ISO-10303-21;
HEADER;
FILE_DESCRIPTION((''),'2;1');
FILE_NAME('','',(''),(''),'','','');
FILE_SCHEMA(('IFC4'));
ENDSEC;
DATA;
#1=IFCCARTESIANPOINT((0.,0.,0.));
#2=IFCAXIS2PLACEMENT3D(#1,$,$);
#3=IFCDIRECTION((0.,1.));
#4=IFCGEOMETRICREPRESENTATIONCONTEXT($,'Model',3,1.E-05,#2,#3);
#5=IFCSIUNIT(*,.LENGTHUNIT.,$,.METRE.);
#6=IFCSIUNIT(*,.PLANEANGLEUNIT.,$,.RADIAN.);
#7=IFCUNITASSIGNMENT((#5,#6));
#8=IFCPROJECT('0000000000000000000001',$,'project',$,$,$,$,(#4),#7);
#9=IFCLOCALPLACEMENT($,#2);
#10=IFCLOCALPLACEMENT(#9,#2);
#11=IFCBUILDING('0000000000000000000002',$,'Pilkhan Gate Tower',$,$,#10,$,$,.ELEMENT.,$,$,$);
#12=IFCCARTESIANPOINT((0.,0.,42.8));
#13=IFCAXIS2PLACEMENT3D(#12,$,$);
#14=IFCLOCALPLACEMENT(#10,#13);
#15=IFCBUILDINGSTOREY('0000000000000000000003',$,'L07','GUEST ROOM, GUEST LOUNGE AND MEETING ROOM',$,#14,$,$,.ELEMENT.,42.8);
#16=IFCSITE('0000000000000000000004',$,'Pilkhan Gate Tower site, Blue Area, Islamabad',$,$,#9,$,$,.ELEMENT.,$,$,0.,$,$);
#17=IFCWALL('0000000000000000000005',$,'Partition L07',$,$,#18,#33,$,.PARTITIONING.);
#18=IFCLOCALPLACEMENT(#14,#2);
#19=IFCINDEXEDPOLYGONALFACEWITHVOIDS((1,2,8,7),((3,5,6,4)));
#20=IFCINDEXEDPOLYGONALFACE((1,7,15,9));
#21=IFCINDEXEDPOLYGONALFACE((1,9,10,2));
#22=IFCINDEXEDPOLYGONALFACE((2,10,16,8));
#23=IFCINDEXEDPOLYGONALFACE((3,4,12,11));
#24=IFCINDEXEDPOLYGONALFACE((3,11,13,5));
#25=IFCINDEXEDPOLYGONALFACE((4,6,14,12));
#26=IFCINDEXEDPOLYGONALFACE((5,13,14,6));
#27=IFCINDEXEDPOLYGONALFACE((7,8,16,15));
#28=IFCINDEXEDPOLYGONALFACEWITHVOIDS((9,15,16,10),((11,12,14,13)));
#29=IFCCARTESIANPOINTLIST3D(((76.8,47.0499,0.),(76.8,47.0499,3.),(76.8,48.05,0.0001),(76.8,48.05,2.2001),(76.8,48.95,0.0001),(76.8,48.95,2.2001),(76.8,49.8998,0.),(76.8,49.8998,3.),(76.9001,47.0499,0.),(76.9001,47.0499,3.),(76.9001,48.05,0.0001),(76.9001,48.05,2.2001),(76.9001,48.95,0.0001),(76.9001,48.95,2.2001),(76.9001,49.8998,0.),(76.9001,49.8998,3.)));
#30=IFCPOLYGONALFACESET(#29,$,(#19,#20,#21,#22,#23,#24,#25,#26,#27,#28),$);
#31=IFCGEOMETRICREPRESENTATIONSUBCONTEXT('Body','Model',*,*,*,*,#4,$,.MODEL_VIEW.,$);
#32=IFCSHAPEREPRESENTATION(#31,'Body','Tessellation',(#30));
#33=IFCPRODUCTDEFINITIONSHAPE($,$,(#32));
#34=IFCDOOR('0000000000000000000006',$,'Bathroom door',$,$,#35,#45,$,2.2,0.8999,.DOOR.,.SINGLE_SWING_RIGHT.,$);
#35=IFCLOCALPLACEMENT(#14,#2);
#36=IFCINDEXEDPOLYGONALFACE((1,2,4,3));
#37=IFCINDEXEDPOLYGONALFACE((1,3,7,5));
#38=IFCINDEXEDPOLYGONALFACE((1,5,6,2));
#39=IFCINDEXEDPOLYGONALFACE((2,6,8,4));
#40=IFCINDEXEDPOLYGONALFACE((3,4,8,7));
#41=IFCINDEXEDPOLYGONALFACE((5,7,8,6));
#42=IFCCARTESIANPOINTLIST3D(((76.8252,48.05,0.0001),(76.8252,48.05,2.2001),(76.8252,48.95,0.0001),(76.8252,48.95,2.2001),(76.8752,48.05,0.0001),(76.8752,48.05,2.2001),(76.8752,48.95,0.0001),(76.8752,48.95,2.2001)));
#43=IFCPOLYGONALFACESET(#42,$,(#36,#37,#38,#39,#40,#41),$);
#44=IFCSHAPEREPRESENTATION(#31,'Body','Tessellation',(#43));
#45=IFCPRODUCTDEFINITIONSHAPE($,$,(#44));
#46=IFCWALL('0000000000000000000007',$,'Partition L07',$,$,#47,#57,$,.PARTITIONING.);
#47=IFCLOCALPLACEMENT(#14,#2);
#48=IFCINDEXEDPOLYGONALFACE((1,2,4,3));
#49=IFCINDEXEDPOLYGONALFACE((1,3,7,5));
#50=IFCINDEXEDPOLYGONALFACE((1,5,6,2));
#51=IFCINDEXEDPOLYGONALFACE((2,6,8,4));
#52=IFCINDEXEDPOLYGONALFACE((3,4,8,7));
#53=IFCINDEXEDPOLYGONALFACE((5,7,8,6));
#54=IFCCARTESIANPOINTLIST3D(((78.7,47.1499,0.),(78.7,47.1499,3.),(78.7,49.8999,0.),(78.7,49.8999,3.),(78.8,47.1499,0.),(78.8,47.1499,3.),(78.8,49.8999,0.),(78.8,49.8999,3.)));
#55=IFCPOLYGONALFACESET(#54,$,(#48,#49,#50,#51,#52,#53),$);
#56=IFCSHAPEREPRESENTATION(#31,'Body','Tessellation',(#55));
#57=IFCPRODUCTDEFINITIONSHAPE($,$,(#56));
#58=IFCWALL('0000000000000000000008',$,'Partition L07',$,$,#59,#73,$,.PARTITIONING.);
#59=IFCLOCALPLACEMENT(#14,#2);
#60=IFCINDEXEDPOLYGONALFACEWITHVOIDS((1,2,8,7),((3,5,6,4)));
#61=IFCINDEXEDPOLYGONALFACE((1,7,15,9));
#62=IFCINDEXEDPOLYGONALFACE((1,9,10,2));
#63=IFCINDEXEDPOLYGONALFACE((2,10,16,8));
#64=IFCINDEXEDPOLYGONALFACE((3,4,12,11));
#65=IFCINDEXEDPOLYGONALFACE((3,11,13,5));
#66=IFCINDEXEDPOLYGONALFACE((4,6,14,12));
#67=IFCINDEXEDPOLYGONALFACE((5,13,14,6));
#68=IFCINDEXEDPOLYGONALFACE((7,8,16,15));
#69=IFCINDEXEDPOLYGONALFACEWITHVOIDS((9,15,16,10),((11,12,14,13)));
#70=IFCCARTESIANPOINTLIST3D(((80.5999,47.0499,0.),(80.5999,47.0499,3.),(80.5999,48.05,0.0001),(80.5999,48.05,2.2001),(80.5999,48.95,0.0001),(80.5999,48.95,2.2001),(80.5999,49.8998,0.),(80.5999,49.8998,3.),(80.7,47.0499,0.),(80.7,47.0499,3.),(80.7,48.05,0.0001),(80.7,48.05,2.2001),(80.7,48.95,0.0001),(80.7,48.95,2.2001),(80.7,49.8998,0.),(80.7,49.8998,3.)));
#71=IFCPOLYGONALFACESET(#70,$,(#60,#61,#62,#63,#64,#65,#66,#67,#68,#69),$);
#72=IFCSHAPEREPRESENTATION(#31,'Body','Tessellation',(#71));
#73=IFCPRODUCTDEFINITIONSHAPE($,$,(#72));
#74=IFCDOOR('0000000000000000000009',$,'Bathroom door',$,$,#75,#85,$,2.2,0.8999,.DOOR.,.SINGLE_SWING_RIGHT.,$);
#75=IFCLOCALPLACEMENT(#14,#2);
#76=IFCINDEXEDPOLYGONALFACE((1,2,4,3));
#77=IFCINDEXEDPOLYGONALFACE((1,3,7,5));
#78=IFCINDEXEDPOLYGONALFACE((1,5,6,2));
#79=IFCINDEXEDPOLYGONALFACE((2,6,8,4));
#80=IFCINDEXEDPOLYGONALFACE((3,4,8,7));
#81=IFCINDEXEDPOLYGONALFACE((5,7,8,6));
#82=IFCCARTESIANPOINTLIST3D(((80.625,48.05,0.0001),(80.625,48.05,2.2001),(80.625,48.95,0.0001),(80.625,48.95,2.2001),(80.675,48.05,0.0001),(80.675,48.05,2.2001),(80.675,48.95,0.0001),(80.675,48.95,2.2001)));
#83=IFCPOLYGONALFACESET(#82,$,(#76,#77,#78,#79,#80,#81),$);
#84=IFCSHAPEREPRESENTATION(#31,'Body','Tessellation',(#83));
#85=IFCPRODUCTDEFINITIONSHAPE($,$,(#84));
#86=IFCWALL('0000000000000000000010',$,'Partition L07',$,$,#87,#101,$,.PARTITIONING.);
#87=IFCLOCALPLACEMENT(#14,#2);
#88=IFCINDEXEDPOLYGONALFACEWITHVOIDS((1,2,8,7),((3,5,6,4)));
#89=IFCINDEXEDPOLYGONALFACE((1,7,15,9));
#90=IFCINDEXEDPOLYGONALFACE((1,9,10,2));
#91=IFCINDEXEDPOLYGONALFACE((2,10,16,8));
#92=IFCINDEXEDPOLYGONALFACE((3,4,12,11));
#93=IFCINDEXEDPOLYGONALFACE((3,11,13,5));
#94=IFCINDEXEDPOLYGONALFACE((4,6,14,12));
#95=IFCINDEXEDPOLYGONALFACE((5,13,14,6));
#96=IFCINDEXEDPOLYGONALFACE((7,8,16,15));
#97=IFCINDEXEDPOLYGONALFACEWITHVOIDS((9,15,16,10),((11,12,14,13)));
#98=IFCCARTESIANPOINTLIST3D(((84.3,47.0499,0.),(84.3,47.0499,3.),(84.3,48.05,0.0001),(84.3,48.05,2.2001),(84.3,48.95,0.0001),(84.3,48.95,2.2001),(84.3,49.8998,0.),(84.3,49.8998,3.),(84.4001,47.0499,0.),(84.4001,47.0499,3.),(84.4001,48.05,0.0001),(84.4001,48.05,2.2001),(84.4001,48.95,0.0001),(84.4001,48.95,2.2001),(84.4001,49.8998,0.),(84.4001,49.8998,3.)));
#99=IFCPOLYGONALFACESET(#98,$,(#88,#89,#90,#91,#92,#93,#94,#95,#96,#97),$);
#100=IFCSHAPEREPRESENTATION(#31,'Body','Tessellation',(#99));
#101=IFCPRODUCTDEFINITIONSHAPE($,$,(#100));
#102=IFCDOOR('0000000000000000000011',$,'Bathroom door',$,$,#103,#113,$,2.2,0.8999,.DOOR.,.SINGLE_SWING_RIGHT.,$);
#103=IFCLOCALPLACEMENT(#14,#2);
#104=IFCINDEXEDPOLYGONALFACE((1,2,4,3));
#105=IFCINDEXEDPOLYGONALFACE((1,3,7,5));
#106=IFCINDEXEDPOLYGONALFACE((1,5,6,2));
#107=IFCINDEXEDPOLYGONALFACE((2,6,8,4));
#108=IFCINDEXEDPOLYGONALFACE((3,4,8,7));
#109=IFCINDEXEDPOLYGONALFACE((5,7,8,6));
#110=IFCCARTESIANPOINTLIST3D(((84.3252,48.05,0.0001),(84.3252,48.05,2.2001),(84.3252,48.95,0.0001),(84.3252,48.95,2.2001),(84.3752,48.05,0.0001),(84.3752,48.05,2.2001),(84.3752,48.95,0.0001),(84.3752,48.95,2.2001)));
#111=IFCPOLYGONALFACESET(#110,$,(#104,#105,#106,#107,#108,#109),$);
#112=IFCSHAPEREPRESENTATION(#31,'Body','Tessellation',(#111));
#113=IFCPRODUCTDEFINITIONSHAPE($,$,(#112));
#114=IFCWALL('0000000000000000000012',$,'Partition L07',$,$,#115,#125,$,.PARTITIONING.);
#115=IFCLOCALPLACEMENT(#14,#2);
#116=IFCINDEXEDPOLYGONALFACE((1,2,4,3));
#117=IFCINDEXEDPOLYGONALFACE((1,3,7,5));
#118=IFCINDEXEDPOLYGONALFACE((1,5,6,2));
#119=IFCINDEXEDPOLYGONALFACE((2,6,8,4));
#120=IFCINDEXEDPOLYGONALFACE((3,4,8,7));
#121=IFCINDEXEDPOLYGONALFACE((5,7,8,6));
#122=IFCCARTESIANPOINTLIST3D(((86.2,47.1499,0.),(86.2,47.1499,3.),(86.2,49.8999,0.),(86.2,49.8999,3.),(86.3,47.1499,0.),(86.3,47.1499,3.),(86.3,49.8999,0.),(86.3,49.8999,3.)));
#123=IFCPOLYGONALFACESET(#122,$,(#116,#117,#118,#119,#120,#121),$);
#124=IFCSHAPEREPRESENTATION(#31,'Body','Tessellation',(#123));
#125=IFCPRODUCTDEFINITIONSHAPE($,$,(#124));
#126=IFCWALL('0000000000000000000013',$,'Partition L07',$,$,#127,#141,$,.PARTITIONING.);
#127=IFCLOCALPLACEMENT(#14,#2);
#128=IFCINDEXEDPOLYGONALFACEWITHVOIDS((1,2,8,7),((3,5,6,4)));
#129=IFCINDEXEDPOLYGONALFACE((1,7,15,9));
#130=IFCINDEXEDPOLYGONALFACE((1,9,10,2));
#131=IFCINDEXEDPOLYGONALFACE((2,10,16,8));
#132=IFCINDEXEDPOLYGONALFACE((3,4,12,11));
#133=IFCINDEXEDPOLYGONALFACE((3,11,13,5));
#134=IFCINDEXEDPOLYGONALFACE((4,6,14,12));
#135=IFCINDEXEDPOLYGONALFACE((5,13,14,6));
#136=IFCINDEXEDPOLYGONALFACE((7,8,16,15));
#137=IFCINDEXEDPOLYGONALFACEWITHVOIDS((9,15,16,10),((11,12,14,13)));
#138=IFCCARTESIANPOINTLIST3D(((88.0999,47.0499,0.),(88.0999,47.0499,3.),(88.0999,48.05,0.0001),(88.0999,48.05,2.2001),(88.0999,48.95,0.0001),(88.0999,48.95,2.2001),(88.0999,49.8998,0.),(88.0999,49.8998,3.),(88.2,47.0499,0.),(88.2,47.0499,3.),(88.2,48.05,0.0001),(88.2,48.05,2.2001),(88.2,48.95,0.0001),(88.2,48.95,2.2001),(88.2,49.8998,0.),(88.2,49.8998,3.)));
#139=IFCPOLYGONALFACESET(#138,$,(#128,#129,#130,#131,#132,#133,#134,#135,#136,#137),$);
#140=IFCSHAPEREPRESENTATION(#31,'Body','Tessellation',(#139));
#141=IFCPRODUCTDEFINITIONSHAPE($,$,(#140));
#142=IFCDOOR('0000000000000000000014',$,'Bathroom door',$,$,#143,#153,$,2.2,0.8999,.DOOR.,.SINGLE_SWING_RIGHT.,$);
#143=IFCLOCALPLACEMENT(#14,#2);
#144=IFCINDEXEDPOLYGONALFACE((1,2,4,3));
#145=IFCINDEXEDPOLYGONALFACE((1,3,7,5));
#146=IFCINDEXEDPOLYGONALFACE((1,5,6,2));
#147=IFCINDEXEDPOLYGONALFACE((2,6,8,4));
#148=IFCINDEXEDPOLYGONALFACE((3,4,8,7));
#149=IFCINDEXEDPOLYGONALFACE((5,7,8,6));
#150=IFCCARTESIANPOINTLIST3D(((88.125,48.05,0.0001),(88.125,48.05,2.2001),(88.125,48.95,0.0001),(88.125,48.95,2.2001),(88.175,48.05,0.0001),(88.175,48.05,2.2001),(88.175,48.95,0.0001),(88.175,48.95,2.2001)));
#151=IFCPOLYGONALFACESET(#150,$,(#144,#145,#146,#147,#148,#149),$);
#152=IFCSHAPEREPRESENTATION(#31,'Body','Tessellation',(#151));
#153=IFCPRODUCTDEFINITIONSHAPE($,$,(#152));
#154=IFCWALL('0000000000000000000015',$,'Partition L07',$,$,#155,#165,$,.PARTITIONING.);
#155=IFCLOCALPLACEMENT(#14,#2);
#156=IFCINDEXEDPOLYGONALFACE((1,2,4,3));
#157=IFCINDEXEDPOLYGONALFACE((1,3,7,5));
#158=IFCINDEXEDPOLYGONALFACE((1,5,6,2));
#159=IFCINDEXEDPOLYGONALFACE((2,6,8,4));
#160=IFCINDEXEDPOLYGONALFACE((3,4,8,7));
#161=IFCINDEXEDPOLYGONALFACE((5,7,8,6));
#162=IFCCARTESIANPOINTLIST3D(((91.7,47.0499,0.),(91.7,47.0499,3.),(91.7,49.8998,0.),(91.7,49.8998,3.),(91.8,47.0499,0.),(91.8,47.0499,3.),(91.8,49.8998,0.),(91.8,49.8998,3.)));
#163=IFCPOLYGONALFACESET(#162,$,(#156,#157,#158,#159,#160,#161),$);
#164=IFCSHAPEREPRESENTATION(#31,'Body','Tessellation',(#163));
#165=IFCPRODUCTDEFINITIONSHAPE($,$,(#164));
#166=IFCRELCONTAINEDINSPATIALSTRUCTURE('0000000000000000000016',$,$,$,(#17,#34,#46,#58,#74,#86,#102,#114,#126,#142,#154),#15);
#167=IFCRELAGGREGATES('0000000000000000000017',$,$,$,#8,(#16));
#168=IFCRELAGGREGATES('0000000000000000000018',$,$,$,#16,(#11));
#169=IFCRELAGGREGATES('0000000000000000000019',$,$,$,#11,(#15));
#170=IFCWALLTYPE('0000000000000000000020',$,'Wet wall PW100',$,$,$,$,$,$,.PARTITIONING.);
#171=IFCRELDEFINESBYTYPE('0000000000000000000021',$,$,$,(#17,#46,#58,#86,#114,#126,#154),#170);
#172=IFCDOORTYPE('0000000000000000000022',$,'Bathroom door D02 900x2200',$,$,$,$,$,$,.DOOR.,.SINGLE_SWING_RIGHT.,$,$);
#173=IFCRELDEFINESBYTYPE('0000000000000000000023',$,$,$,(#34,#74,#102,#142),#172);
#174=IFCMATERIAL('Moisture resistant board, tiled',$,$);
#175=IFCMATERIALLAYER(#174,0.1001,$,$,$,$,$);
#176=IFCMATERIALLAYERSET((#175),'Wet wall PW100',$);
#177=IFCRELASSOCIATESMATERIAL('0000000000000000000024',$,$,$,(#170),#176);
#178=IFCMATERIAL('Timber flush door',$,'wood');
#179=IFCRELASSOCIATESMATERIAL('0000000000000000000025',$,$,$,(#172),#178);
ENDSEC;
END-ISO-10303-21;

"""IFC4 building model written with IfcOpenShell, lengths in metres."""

from ifc_helpers import new_model, si_unit, direction, frame, frame_2d, origin, place, context, subcontext, project, spatial, rectangle, extrude, material, layer, layer_set, type_object, element, fill, save


model = new_model("IFC4")

# Units and contexts
model_context = context("Model", 3, precision=1e-05, world=origin(), true_north=direction((0.0, 1.0)))
body_context = subcontext(model_context, "Body", "Model", "MODEL_VIEW")
ifc_project = project(units=[si_unit("LENGTHUNIT", "METRE"), si_unit("PLANEANGLEUNIT", "RADIAN")], contexts=[model_context])

# Site, building, storey
site_placement = place(None, origin())
site = spatial("IfcSite", under=ifc_project, at=site_placement, Name="Pilkhan Gate Tower site, Blue Area, Islamabad", CompositionType="ELEMENT", RefElevation=0.0)
building_placement = place(site_placement, origin())
building = spatial("IfcBuilding", under=site, at=building_placement, Name="Pilkhan Gate Tower", CompositionType="ELEMENT")
storey_placement = place(building_placement, frame((0.0, 0.0, 42.8)))
storey = spatial("IfcBuildingStorey", under=building, at=storey_placement, Name="L07", Description="GUEST ROOM, GUEST LOUNGE AND MEETING ROOM", CompositionType="ELEMENT", Elevation=42.8)

# Shared definitions
ifc_material_1 = material(Name="Moisture resistant board, tiled")
ifc_layer_1 = layer(ifc_material_1, 0.1001)
ifc_layer_set_1 = layer_set([ifc_layer_1], Name="Wet wall PW100")
wall_type_1 = type_object("IfcWallType", Name="Wet wall PW100", PredefinedType="PARTITIONING", material=ifc_layer_set_1)

# Wall, opening, door
ifc_material_2 = material(Name="Timber flush door", Category="wood")
door_type = type_object("IfcDoorType", Name="Bathroom door D02 900x2200", OperationType="SINGLE_SWING_RIGHT", PredefinedType="DOOR", material=ifc_material_2)
wall_1_placement = place(storey_placement, frame((76.8501, 47.05, 0.0), z_axis=(0.0, 0.0, 1.0), x_axis=(0.0, 1.0, 0.0)))
wall_1 = element("IfcWall", 1, at=wall_1_placement, inside=storey, type_object=wall_type_1, Name="Partition L07", PredefinedType="PARTITIONING", context=body_context, shape_type="SweptSolid", body=[
    extrude(rectangle(XDim=2.8499, YDim=0.1001, at=frame_2d((1.4248, 0.0))), origin(), (0.0, 0.0, 1.0), 3.0),
])
opening_1_placement = place(wall_1_placement, frame((1.0, 0.0, 0.0)))
opening_1 = element("IfcOpeningElement", 2, at=opening_1_placement, cuts=wall_1, PredefinedType="OPENING", context=body_context, shape_type="SweptSolid", body=[
    extrude(rectangle(XDim=0.8999, YDim=2.2, at=frame_2d((0.45, 1.1001))), frame((0.0, 0.0601, 0.0), z_axis=(0.0, -1.0, 0.0), x_axis=(1.0, 0.0, 0.0)), (0.0, 0.0, 1.0), 0.1201),
])
door_1_placement = place(opening_1_placement, origin())
door_1 = element("IfcDoor", 3, at=door_1_placement, inside=storey, type_object=door_type, Name="Bathroom door", OperationType="SINGLE_SWING_RIGHT", OverallHeight=2.2, OverallWidth=0.8999, PredefinedType="DOOR", context=body_context, shape_type="SweptSolid", body=[
    extrude(rectangle(XDim=0.8999, YDim=2.2, at=frame_2d((0.45, 1.1001))), frame((0.0, 0.0249, 0.0), z_axis=(0.0, -1.0, 0.0), x_axis=(1.0, 0.0, 0.0)), (0.0, 0.0, 1.0), 0.05),
])
fill(opening_1, door_1)

# Wall
wall_2_placement = place(storey_placement, frame((78.75, 47.1499, 0.0), z_axis=(0.0, 0.0, 1.0), x_axis=(0.0, 1.0, 0.0)))
element("IfcWall", 4, at=wall_2_placement, inside=storey, type_object=wall_type_1, Name="Partition L07", PredefinedType="PARTITIONING", context=body_context, shape_type="SweptSolid", body=[
    extrude(rectangle(XDim=2.75, YDim=0.1001, at=frame_2d((1.375, 0.0))), origin(), (0.0, 0.0, 1.0), 3.0),
])

# Walls, openings, doors
wall_3_placement = place(storey_placement, frame((80.6499, 47.05, 0.0), z_axis=(0.0, 0.0, 1.0), x_axis=(0.0, 1.0, 0.0)))
wall_3 = element("IfcWall", 5, at=wall_3_placement, inside=storey, type_object=wall_type_1, Name="Partition L07", PredefinedType="PARTITIONING", context=body_context, shape_type="SweptSolid", body=[
    extrude(rectangle(XDim=2.8499, YDim=0.1001, at=frame_2d((1.4248, 0.0))), origin(), (0.0, 0.0, 1.0), 3.0),
])
opening_2_placement = place(wall_3_placement, frame((1.0, 0.0, 0.0)))
opening_2 = element("IfcOpeningElement", 6, at=opening_2_placement, cuts=wall_3, PredefinedType="OPENING", context=body_context, shape_type="SweptSolid", body=[
    extrude(rectangle(XDim=0.8999, YDim=2.2, at=frame_2d((0.45, 1.1001))), frame((0.0, 0.0601, 0.0), z_axis=(0.0, -1.0, 0.0), x_axis=(1.0, 0.0, 0.0)), (0.0, 0.0, 1.0), 0.1201),
])
door_2_placement = place(opening_2_placement, origin())
door_2 = element("IfcDoor", 7, at=door_2_placement, inside=storey, type_object=door_type, Name="Bathroom door", OperationType="SINGLE_SWING_RIGHT", OverallHeight=2.2, OverallWidth=0.8999, PredefinedType="DOOR", context=body_context, shape_type="SweptSolid", body=[
    extrude(rectangle(XDim=0.8999, YDim=2.2, at=frame_2d((0.45, 1.1001))), frame((0.0, 0.0249, 0.0), z_axis=(0.0, -1.0, 0.0), x_axis=(1.0, 0.0, 0.0)), (0.0, 0.0, 1.0), 0.05),
])
fill(opening_2, door_2)
wall_4_placement = place(storey_placement, frame((84.3501, 47.05, 0.0), z_axis=(0.0, 0.0, 1.0), x_axis=(0.0, 1.0, 0.0)))
wall_4 = element("IfcWall", 8, at=wall_4_placement, inside=storey, type_object=wall_type_1, Name="Partition L07", PredefinedType="PARTITIONING", context=body_context, shape_type="SweptSolid", body=[
    extrude(rectangle(XDim=2.8499, YDim=0.1001, at=frame_2d((1.4248, 0.0))), origin(), (0.0, 0.0, 1.0), 3.0),
])
opening_3_placement = place(wall_4_placement, frame((1.0, 0.0, 0.0)))
opening_3 = element("IfcOpeningElement", 9, at=opening_3_placement, cuts=wall_4, PredefinedType="OPENING", context=body_context, shape_type="SweptSolid", body=[
    extrude(rectangle(XDim=0.8999, YDim=2.2, at=frame_2d((0.45, 1.1001))), frame((0.0, 0.0601, 0.0), z_axis=(0.0, -1.0, 0.0), x_axis=(1.0, 0.0, 0.0)), (0.0, 0.0, 1.0), 0.1201),
])
door_3_placement = place(opening_3_placement, origin())
door_3 = element("IfcDoor", 10, at=door_3_placement, inside=storey, type_object=door_type, Name="Bathroom door", OperationType="SINGLE_SWING_RIGHT", OverallHeight=2.2, OverallWidth=0.8999, PredefinedType="DOOR", context=body_context, shape_type="SweptSolid", body=[
    extrude(rectangle(XDim=0.8999, YDim=2.2, at=frame_2d((0.45, 1.1001))), frame((0.0, 0.0249, 0.0), z_axis=(0.0, -1.0, 0.0), x_axis=(1.0, 0.0, 0.0)), (0.0, 0.0, 1.0), 0.05),
])
fill(opening_3, door_3)

# Wall
wall_5_placement = place(storey_placement, frame((86.25, 47.1499, 0.0), z_axis=(0.0, 0.0, 1.0), x_axis=(0.0, 1.0, 0.0)))
element("IfcWall", 11, at=wall_5_placement, inside=storey, type_object=wall_type_1, Name="Partition L07", PredefinedType="PARTITIONING", context=body_context, shape_type="SweptSolid", body=[
    extrude(rectangle(XDim=2.75, YDim=0.1001, at=frame_2d((1.375, 0.0))), origin(), (0.0, 0.0, 1.0), 3.0),
])

# Wall, opening, door
wall_6_placement = place(storey_placement, frame((88.1499, 47.05, 0.0), z_axis=(0.0, 0.0, 1.0), x_axis=(0.0, 1.0, 0.0)))
wall_6 = element("IfcWall", 12, at=wall_6_placement, inside=storey, type_object=wall_type_1, Name="Partition L07", PredefinedType="PARTITIONING", context=body_context, shape_type="SweptSolid", body=[
    extrude(rectangle(XDim=2.8499, YDim=0.1001, at=frame_2d((1.4248, 0.0))), origin(), (0.0, 0.0, 1.0), 3.0),
])
opening_4_placement = place(wall_6_placement, frame((1.0, 0.0, 0.0)))
opening_4 = element("IfcOpeningElement", 13, at=opening_4_placement, cuts=wall_6, PredefinedType="OPENING", context=body_context, shape_type="SweptSolid", body=[
    extrude(rectangle(XDim=0.8999, YDim=2.2, at=frame_2d((0.45, 1.1001))), frame((0.0, 0.0601, 0.0), z_axis=(0.0, -1.0, 0.0), x_axis=(1.0, 0.0, 0.0)), (0.0, 0.0, 1.0), 0.1201),
])
door_4_placement = place(opening_4_placement, origin())
door_4 = element("IfcDoor", 14, at=door_4_placement, inside=storey, type_object=door_type, Name="Bathroom door", OperationType="SINGLE_SWING_RIGHT", OverallHeight=2.2, OverallWidth=0.8999, PredefinedType="DOOR", context=body_context, shape_type="SweptSolid", body=[
    extrude(rectangle(XDim=0.8999, YDim=2.2, at=frame_2d((0.45, 1.1001))), frame((0.0, 0.0249, 0.0), z_axis=(0.0, -1.0, 0.0), x_axis=(1.0, 0.0, 0.0)), (0.0, 0.0, 1.0), 0.05),
])
fill(opening_4, door_4)

# Wall
wall_7_placement = place(storey_placement, frame((91.75, 47.05, 0.0), z_axis=(0.0, 0.0, 1.0), x_axis=(0.0, 1.0, 0.0)))
element("IfcWall", 15, at=wall_7_placement, inside=storey, type_object=wall_type_1, Name="Partition L07", PredefinedType="PARTITIONING", context=body_context, shape_type="SweptSolid", body=[
    extrude(rectangle(XDim=2.8499, YDim=0.1001, at=frame_2d((1.4248, 0.0))), origin(), (0.0, 0.0, 1.0), 3.0),
])

save(model, "model.ifc")
